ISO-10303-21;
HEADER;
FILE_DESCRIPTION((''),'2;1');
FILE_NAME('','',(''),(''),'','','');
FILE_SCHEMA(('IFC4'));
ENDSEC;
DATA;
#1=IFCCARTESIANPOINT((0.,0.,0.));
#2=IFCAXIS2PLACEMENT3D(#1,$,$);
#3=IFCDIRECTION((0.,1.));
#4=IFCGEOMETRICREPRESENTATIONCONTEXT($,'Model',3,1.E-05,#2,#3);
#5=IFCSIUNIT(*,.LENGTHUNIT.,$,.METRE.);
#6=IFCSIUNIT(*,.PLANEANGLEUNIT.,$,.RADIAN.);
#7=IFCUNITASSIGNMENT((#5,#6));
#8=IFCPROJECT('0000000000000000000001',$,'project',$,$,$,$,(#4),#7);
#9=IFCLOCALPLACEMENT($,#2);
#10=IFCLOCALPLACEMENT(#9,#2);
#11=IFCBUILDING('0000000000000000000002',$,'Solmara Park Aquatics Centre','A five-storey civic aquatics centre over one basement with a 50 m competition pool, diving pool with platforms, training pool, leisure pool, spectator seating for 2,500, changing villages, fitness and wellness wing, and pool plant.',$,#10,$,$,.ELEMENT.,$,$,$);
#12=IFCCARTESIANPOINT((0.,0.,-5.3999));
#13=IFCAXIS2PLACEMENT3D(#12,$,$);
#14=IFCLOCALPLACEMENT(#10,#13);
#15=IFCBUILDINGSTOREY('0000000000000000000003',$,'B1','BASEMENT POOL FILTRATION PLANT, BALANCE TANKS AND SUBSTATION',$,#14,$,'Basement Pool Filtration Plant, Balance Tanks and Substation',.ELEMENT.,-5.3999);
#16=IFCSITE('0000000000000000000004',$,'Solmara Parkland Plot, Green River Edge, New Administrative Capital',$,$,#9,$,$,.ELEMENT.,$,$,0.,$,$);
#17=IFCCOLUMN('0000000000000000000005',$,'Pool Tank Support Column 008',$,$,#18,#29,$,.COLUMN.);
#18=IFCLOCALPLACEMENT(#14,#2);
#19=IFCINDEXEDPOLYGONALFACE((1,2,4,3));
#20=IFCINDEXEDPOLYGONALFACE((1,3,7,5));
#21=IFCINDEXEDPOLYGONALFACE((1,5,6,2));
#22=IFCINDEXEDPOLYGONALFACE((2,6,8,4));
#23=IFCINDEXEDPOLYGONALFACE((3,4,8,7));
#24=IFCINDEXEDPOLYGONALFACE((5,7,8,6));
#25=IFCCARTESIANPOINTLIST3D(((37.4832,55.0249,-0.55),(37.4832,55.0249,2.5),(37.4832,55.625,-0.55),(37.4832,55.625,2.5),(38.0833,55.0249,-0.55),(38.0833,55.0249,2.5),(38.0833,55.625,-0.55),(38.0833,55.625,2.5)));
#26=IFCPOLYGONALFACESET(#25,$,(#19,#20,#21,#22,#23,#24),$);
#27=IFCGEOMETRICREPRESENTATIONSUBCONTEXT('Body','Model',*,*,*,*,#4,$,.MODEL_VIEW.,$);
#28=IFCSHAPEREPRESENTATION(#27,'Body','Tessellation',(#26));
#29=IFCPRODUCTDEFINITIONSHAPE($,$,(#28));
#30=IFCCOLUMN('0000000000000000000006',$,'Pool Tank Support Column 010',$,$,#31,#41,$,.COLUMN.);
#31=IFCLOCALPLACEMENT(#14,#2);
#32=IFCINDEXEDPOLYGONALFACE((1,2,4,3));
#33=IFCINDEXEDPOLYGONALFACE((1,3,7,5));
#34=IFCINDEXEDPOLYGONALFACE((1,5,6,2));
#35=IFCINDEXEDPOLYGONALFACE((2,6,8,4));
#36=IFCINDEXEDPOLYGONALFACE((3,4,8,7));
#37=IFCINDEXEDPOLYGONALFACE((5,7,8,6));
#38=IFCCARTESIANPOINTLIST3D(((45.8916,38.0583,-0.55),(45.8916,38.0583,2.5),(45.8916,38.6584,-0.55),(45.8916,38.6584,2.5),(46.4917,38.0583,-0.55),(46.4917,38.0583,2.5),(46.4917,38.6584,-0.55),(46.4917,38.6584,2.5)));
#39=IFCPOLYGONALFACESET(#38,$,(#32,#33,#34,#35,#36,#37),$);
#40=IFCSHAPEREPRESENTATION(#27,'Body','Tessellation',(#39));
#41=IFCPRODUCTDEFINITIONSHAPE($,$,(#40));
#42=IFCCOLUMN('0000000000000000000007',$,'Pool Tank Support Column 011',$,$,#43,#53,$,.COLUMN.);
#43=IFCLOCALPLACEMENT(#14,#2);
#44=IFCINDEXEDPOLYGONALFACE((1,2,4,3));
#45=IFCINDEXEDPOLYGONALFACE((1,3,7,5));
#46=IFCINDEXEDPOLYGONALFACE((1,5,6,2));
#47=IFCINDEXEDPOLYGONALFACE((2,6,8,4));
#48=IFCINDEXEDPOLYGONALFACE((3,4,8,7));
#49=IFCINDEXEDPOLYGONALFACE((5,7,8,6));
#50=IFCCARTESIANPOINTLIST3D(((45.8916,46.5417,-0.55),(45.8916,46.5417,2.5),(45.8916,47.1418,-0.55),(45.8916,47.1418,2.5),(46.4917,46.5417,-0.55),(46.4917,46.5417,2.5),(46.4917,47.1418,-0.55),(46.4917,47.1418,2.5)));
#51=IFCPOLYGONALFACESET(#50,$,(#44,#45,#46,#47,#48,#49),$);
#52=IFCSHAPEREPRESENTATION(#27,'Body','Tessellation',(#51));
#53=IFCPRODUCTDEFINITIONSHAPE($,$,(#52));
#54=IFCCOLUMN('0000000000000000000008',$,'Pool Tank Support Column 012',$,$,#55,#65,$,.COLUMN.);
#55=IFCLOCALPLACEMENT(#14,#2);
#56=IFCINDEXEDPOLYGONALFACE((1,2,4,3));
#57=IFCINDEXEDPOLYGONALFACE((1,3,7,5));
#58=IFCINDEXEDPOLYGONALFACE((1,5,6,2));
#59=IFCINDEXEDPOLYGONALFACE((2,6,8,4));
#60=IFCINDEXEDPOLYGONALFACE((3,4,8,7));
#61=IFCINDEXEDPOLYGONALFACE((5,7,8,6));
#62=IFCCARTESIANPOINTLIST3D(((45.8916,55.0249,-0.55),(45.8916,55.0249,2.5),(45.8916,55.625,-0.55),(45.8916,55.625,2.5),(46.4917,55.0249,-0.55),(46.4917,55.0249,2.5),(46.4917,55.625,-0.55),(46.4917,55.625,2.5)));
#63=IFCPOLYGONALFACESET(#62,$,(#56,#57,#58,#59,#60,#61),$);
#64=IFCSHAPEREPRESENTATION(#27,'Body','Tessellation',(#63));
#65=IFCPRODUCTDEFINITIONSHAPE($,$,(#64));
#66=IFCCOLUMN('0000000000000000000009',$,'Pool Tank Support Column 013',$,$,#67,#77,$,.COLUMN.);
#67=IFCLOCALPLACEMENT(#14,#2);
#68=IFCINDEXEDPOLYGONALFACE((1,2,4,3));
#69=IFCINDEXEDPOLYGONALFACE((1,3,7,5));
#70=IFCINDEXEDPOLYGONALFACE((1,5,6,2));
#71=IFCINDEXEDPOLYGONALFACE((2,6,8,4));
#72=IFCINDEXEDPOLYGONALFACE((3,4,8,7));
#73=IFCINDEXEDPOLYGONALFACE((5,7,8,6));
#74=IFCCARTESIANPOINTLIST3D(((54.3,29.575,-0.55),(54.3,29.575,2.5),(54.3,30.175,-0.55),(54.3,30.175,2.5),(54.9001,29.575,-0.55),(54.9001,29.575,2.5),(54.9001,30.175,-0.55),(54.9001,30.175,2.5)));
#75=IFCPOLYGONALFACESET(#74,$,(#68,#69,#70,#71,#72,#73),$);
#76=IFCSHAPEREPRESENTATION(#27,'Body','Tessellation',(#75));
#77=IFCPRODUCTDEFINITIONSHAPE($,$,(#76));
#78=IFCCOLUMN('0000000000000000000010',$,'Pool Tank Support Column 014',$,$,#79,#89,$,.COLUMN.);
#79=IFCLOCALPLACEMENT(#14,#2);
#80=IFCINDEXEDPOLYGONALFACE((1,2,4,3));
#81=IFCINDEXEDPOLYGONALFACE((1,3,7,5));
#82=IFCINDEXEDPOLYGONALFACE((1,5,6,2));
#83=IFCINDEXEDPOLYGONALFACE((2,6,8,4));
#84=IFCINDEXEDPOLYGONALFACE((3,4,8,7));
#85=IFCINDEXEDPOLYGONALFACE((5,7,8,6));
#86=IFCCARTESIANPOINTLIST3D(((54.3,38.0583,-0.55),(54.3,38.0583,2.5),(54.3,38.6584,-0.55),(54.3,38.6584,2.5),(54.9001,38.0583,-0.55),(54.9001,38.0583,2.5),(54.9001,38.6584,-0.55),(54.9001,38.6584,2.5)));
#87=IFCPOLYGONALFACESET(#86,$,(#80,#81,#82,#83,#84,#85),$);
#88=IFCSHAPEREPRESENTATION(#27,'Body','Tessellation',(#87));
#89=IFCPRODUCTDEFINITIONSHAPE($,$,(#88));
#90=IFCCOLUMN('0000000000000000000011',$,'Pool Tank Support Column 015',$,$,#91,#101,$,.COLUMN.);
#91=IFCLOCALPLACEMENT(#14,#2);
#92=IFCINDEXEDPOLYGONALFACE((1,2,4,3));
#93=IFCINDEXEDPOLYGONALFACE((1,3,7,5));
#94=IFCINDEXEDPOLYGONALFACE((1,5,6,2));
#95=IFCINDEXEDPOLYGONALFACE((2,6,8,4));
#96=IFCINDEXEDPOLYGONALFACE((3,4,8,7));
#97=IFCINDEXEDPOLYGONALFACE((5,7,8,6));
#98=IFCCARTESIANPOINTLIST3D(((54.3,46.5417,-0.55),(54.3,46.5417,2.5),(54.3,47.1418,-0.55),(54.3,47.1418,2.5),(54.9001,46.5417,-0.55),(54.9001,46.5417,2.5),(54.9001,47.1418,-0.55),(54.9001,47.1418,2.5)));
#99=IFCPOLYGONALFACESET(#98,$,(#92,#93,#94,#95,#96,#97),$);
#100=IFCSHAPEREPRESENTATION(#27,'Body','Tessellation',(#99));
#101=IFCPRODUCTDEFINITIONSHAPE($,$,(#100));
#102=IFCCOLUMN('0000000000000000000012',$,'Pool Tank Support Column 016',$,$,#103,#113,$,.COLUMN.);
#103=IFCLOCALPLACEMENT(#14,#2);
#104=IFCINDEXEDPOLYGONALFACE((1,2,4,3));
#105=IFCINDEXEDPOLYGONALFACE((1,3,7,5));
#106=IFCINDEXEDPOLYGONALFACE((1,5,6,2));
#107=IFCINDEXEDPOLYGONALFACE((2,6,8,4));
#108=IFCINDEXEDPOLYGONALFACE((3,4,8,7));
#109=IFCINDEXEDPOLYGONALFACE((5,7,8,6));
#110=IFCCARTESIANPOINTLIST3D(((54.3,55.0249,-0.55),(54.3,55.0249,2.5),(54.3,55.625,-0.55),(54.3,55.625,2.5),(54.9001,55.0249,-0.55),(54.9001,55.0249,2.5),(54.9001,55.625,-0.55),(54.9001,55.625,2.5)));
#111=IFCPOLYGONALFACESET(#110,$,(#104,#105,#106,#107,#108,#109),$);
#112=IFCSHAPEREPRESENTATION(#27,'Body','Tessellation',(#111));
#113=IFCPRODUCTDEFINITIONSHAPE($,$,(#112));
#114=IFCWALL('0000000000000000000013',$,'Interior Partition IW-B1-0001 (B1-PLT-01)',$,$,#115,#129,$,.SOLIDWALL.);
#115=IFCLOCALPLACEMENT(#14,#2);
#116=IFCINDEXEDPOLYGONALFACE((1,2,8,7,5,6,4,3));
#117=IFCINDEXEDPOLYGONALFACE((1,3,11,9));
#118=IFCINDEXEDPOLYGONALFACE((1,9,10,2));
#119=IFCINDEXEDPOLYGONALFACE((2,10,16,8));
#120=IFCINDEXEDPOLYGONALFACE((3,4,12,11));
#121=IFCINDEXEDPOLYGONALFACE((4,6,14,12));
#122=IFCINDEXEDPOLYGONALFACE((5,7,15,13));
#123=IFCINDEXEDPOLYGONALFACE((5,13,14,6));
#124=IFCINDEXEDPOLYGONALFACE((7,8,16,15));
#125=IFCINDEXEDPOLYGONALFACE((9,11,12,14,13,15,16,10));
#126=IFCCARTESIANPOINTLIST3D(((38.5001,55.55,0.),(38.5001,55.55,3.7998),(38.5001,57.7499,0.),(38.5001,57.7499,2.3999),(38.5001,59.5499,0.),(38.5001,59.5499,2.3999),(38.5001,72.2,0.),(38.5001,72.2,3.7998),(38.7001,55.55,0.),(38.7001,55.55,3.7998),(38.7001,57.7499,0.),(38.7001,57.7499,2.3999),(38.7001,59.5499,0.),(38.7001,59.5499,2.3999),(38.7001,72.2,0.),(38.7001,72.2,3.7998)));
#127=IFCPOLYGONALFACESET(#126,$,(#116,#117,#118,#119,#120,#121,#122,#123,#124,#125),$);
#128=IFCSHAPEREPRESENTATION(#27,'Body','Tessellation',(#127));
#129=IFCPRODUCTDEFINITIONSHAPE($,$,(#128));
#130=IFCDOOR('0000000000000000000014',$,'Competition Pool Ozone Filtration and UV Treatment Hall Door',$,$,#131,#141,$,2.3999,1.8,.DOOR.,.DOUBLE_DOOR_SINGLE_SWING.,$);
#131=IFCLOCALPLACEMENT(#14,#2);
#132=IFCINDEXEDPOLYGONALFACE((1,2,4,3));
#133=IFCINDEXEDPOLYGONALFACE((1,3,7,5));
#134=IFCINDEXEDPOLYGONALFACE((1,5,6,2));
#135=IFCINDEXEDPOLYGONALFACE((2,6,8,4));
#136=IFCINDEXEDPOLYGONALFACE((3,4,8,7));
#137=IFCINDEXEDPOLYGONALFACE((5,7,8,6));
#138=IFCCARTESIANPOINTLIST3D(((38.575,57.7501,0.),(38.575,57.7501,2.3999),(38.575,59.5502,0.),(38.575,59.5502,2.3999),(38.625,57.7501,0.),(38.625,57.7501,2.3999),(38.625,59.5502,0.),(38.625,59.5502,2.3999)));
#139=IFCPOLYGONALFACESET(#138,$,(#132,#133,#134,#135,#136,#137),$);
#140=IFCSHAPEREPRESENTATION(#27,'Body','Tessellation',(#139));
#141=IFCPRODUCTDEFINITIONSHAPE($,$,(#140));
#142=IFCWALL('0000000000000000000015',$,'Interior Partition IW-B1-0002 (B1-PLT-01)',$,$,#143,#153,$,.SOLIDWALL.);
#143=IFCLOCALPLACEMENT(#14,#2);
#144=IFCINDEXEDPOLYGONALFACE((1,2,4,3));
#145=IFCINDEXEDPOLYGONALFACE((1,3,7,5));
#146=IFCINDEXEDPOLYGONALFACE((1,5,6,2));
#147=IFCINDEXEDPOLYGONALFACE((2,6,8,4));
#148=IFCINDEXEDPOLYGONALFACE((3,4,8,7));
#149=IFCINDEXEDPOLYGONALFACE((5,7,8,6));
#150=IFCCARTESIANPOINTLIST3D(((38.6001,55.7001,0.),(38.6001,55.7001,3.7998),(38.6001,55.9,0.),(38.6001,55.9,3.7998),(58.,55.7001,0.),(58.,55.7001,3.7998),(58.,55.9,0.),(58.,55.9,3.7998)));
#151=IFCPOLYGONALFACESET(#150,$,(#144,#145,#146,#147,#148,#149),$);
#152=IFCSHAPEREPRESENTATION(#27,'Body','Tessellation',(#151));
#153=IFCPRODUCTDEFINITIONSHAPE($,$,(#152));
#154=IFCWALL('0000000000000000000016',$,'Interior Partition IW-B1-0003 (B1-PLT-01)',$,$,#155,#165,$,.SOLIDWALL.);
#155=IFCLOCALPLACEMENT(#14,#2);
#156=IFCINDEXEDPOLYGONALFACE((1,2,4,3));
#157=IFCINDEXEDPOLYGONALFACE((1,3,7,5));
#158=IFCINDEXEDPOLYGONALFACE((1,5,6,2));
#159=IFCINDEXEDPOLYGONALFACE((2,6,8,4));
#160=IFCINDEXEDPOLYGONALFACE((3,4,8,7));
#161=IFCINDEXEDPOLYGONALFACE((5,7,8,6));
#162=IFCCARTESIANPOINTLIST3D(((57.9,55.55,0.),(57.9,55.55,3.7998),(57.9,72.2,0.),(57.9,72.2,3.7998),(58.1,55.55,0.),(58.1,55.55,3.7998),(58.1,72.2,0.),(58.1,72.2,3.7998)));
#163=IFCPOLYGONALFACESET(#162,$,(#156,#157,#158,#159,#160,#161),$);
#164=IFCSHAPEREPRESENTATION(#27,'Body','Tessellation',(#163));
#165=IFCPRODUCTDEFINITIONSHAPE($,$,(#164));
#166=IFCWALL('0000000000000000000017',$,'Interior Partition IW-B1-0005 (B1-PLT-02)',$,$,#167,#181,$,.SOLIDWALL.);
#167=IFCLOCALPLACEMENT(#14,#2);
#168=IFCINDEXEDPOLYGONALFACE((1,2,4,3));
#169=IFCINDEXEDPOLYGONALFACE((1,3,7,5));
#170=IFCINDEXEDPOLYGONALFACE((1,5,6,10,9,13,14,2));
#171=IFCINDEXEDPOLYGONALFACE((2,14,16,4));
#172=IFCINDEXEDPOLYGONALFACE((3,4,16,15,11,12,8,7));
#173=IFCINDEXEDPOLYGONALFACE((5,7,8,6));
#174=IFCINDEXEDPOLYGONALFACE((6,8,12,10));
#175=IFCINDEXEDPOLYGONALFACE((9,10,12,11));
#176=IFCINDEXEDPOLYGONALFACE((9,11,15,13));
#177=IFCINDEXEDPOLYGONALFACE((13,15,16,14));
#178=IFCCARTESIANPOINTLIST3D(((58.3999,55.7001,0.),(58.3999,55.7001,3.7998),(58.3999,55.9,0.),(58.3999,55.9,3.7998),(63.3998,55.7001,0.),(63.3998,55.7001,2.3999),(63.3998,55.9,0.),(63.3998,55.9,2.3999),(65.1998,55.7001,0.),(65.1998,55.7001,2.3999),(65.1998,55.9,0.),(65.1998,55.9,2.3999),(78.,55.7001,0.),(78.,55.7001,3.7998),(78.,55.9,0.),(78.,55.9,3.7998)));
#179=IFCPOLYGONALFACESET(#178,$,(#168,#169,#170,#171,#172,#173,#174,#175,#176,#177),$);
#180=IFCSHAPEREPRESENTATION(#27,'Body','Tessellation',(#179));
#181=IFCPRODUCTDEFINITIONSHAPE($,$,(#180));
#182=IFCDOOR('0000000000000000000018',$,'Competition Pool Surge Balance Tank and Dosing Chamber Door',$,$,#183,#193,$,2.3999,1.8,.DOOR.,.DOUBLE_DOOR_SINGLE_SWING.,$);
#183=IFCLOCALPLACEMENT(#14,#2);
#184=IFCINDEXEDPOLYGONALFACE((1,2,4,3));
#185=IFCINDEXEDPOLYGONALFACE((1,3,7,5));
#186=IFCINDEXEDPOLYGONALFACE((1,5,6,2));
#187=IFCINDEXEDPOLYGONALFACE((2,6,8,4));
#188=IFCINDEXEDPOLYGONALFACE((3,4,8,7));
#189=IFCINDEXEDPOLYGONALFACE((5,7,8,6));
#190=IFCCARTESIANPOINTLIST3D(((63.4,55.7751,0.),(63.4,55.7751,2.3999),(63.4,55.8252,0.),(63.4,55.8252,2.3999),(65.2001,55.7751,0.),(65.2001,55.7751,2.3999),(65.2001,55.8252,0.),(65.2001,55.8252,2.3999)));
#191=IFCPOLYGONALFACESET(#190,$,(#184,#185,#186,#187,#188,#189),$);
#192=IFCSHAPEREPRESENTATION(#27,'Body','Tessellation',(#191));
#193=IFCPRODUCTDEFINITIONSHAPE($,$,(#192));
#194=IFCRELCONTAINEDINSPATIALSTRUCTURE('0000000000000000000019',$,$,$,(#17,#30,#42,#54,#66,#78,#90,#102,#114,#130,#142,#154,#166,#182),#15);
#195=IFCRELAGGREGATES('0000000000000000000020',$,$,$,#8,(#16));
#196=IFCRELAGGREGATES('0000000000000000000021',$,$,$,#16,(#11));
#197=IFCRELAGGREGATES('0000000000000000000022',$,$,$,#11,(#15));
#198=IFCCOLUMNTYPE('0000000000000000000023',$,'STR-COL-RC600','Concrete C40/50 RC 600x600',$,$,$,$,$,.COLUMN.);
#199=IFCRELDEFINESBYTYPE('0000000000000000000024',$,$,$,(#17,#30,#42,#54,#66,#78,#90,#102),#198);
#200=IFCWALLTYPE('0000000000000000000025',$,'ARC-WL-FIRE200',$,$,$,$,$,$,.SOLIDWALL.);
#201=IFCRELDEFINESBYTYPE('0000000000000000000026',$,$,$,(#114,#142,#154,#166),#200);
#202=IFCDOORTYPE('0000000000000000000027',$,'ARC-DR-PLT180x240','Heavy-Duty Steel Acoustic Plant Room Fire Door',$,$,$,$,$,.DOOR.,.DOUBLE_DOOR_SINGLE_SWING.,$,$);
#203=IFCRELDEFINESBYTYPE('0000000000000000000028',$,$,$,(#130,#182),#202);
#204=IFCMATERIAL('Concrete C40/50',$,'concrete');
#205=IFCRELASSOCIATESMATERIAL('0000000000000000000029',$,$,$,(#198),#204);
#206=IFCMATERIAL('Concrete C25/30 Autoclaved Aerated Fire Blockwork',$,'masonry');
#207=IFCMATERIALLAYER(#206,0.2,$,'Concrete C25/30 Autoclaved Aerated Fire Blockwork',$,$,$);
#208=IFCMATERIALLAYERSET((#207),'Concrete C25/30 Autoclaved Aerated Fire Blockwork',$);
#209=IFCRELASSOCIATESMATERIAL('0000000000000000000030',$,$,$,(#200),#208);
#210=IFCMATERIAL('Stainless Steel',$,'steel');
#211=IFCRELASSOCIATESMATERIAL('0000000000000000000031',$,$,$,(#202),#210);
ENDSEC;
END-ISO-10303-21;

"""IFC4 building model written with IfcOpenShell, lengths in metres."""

from ifc_helpers import new_model, si_unit, direction, frame, frame_2d, origin, origin_2d, place, context, subcontext, project, spatial, rectangle, extrude, material, layer, layer_set, material_profile, profile_set, type_object, element, fill, save


model = new_model("IFC4")

# Units and contexts
model_context = context("Model", 3, precision=1e-05, world=origin(), true_north=direction((0.0, 1.0)))
body_context = subcontext(model_context, "Body", "Model", "MODEL_VIEW")
ifc_project = project(units=[si_unit("LENGTHUNIT", "METRE"), si_unit("PLANEANGLEUNIT", "RADIAN")], contexts=[model_context])

# Site, building, storey
site_placement = place(None, origin())
site = spatial("IfcSite", under=ifc_project, at=site_placement, Name="Solmara Parkland Plot, Green River Edge, New Administrative Capital", CompositionType="ELEMENT", RefElevation=0.0)
building_placement = place(site_placement, origin())
building = spatial("IfcBuilding", under=site, at=building_placement, Name="Solmara Park Aquatics Centre", Description="A five-storey civic aquatics centre over one basement with a 50 m competition pool, diving pool with platforms, training pool, leisure pool, spectator seating for 2,500, changing villages, fitness and wellness wing, and pool plant.", CompositionType="ELEMENT")
storey_placement = place(building_placement, frame((0.0, 0.0, -5.3999)))
storey = spatial("IfcBuildingStorey", under=building, at=storey_placement, Name="B1", Description="BASEMENT POOL FILTRATION PLANT, BALANCE TANKS AND SUBSTATION", LongName="Basement Pool Filtration Plant, Balance Tanks and Substation", CompositionType="ELEMENT", Elevation=-5.3999)

# Columns
ifc_material_1 = material(Name="Concrete C40/50", Category="concrete")
ifc_material_profile_1 = material_profile(ifc_material_1, rectangle(XDim=0.6001, YDim=0.6001, at=origin_2d()), Name="RC 600x600")
ifc_profile_set_1 = profile_set([ifc_material_profile_1], Name="Concrete C40/50")
column_type_1 = type_object("IfcColumnType", Name="STR-COL-RC600", Description="Concrete C40/50 RC 600x600", PredefinedType="COLUMN", material=ifc_profile_set_1)
for number, where, z_axis, x_axis, name in (
    (1, (37.7832, 55.325, -0.55), (0.0, 0.0, 1.0), (1.0, 0.0, 0.0), "Pool Tank Support Column 008"),
    (2, (46.1917, 38.3584, -0.55), (0.0, 0.0, 1.0), (1.0, 0.0, 0.0), "Pool Tank Support Column 010"),
    (3, (46.1917, 46.8418, -0.55), (0.0, 0.0, 1.0), (1.0, 0.0, 0.0), "Pool Tank Support Column 011"),
    (4, (46.1917, 55.325, -0.55), (0.0, 0.0, 1.0), (1.0, 0.0, 0.0), "Pool Tank Support Column 012"),
    (5, (54.6001, 29.875, -0.55), (0.0, 0.0, 1.0), (1.0, 0.0, 0.0), "Pool Tank Support Column 013"),
    (6, (54.6001, 38.3584, -0.55), (0.0, 0.0, 1.0), (1.0, 0.0, 0.0), "Pool Tank Support Column 014"),
    (7, (54.6001, 46.8418, -0.55), (0.0, 0.0, 1.0), (1.0, 0.0, 0.0), "Pool Tank Support Column 015"),
    (8, (54.6001, 55.325, -0.55), (0.0, 0.0, 1.0), (1.0, 0.0, 0.0), "Pool Tank Support Column 016"),
):
    element("IfcColumn", number, at=place(storey_placement, frame(where, z_axis=z_axis, x_axis=x_axis)), inside=storey, type_object=column_type_1, Name=name, PredefinedType="COLUMN", context=body_context, shape_type="SweptSolid", body=[
        extrude(rectangle(XDim=0.6001, YDim=0.6001, at=origin_2d()), origin(), (0.0, 0.0, 1.0), 3.05),
    ])

# Wall, opening, door
ifc_material_2 = material(Name="Concrete C25/30 Autoclaved Aerated Fire Blockwork", Category="masonry")
ifc_layer = layer(ifc_material_2, 0.2, Name="Concrete C25/30 Autoclaved Aerated Fire Blockwork")
ifc_layer_set = layer_set([ifc_layer], Name="Concrete C25/30 Autoclaved Aerated Fire Blockwork")
wall_type = type_object("IfcWallType", Name="ARC-WL-FIRE200", PredefinedType="SOLIDWALL", material=ifc_layer_set)
wall_1_placement = place(storey_placement, frame((38.6001, 55.55, 0.0), z_axis=(0.0, 0.0, 1.0), x_axis=(0.0, 1.0, 0.0)))
wall_1 = element("IfcWall", 9, at=wall_1_placement, inside=storey, type_object=wall_type, Name="Interior Partition IW-B1-0001 (B1-PLT-01)", PredefinedType="SOLIDWALL", context=body_context, shape_type="SweptSolid", body=[
    extrude(rectangle(XDim=16.6499, YDim=0.2, at=frame_2d((8.325, 0.0))), origin(), (0.0, 0.0, 1.0), 3.7998),
])
opening_1_placement = place(wall_1_placement, frame((2.2, 0.0, 0.0)))
opening_1 = element("IfcOpeningElement", 10, at=opening_1_placement, cuts=wall_1, PredefinedType="OPENING", context=body_context, shape_type="SweptSolid", body=[
    extrude(rectangle(XDim=1.8, YDim=2.3999, at=frame_2d((0.8999, 1.2))), frame((0.0, 0.1099, 0.0), z_axis=(0.0, -1.0, 0.0), x_axis=(1.0, 0.0, 0.0)), (0.0, 0.0, 1.0), 0.22),
])
ifc_material_3 = material(Name="Stainless Steel", Category="steel")
door_type = type_object("IfcDoorType", Name="ARC-DR-PLT180x240", Description="Heavy-Duty Steel Acoustic Plant Room Fire Door", OperationType="DOUBLE_DOOR_SINGLE_SWING", PredefinedType="DOOR", material=ifc_material_3)
door_1_placement = place(opening_1_placement, frame((1.8, 0.0, 0.0), z_axis=(0.0, 0.0, 1.0), x_axis=(-1.0, 0.0, 0.0)))
door_1 = element("IfcDoor", 11, at=door_1_placement, inside=storey, type_object=door_type, Name="Competition Pool Ozone Filtration and UV Treatment Hall Door", OperationType="DOUBLE_DOOR_SINGLE_SWING", OverallHeight=2.3999, OverallWidth=1.8, PredefinedType="DOOR", context=body_context, shape_type="SweptSolid", body=[
    extrude(rectangle(XDim=1.8, YDim=2.3999, at=frame_2d((0.8999, 1.2))), frame((0.0, 0.0249, 0.0), z_axis=(0.0, -1.0, 0.0), x_axis=(1.0, 0.0, 0.0)), (0.0, 0.0, 1.0), 0.05),
])
fill(opening_1, door_1)

# Walls
wall_2_placement = place(storey_placement, frame((38.6001, 55.8, 0.0), z_axis=(0.0, 0.0, 1.0), x_axis=(1.0, 0.0, 0.0)))
element("IfcWall", 12, at=wall_2_placement, inside=storey, type_object=wall_type, Name="Interior Partition IW-B1-0002 (B1-PLT-01)", PredefinedType="SOLIDWALL", context=body_context, shape_type="SweptSolid", body=[
    extrude(rectangle(XDim=19.3999, YDim=0.2, at=frame_2d((9.7, 0.0))), origin(), (0.0, 0.0, 1.0), 3.7998),
])
wall_3_placement = place(storey_placement, frame((58.0, 55.55, 0.0), z_axis=(0.0, 0.0, 1.0), x_axis=(0.0, 1.0, 0.0)))
element("IfcWall", 13, at=wall_3_placement, inside=storey, type_object=wall_type, Name="Interior Partition IW-B1-0003 (B1-PLT-01)", PredefinedType="SOLIDWALL", context=body_context, shape_type="SweptSolid", body=[
    extrude(rectangle(XDim=16.6499, YDim=0.2, at=frame_2d((8.325, 0.0))), origin(), (0.0, 0.0, 1.0), 3.7998),
])

# Wall, opening, door
wall_4_placement = place(storey_placement, frame((58.3999, 55.8, 0.0), z_axis=(0.0, 0.0, 1.0), x_axis=(1.0, 0.0, 0.0)))
wall_4 = element("IfcWall", 14, at=wall_4_placement, inside=storey, type_object=wall_type, Name="Interior Partition IW-B1-0005 (B1-PLT-02)", PredefinedType="SOLIDWALL", context=body_context, shape_type="SweptSolid", body=[
    extrude(rectangle(XDim=19.6001, YDim=0.2, at=frame_2d((9.8, 0.0))), origin(), (0.0, 0.0, 1.0), 3.7998),
])
opening_2_placement = place(wall_4_placement, frame((5.0, 0.0, 0.0)))
opening_2 = element("IfcOpeningElement", 15, at=opening_2_placement, cuts=wall_4, PredefinedType="OPENING", context=body_context, shape_type="SweptSolid", body=[
    extrude(rectangle(XDim=1.8, YDim=2.3999, at=frame_2d((0.8999, 1.2))), frame((0.0, 0.1099, 0.0), z_axis=(0.0, -1.0, 0.0), x_axis=(1.0, 0.0, 0.0)), (0.0, 0.0, 1.0), 0.22),
])
door_2_placement = place(opening_2_placement, frame((1.8, 0.0, 0.0), z_axis=(0.0, 0.0, 1.0), x_axis=(-1.0, 0.0, 0.0)))
door_2 = element("IfcDoor", 16, at=door_2_placement, inside=storey, type_object=door_type, Name="Competition Pool Surge Balance Tank and Dosing Chamber Door", OperationType="DOUBLE_DOOR_SINGLE_SWING", OverallHeight=2.3999, OverallWidth=1.8, PredefinedType="DOOR", context=body_context, shape_type="SweptSolid", body=[
    extrude(rectangle(XDim=1.8, YDim=2.3999, at=frame_2d((0.8999, 1.2))), frame((0.0, 0.0249, 0.0), z_axis=(0.0, -1.0, 0.0), x_axis=(1.0, 0.0, 0.0)), (0.0, 0.0, 1.0), 0.05),
])
fill(opening_2, door_2)

save(model, "model.ifc")
